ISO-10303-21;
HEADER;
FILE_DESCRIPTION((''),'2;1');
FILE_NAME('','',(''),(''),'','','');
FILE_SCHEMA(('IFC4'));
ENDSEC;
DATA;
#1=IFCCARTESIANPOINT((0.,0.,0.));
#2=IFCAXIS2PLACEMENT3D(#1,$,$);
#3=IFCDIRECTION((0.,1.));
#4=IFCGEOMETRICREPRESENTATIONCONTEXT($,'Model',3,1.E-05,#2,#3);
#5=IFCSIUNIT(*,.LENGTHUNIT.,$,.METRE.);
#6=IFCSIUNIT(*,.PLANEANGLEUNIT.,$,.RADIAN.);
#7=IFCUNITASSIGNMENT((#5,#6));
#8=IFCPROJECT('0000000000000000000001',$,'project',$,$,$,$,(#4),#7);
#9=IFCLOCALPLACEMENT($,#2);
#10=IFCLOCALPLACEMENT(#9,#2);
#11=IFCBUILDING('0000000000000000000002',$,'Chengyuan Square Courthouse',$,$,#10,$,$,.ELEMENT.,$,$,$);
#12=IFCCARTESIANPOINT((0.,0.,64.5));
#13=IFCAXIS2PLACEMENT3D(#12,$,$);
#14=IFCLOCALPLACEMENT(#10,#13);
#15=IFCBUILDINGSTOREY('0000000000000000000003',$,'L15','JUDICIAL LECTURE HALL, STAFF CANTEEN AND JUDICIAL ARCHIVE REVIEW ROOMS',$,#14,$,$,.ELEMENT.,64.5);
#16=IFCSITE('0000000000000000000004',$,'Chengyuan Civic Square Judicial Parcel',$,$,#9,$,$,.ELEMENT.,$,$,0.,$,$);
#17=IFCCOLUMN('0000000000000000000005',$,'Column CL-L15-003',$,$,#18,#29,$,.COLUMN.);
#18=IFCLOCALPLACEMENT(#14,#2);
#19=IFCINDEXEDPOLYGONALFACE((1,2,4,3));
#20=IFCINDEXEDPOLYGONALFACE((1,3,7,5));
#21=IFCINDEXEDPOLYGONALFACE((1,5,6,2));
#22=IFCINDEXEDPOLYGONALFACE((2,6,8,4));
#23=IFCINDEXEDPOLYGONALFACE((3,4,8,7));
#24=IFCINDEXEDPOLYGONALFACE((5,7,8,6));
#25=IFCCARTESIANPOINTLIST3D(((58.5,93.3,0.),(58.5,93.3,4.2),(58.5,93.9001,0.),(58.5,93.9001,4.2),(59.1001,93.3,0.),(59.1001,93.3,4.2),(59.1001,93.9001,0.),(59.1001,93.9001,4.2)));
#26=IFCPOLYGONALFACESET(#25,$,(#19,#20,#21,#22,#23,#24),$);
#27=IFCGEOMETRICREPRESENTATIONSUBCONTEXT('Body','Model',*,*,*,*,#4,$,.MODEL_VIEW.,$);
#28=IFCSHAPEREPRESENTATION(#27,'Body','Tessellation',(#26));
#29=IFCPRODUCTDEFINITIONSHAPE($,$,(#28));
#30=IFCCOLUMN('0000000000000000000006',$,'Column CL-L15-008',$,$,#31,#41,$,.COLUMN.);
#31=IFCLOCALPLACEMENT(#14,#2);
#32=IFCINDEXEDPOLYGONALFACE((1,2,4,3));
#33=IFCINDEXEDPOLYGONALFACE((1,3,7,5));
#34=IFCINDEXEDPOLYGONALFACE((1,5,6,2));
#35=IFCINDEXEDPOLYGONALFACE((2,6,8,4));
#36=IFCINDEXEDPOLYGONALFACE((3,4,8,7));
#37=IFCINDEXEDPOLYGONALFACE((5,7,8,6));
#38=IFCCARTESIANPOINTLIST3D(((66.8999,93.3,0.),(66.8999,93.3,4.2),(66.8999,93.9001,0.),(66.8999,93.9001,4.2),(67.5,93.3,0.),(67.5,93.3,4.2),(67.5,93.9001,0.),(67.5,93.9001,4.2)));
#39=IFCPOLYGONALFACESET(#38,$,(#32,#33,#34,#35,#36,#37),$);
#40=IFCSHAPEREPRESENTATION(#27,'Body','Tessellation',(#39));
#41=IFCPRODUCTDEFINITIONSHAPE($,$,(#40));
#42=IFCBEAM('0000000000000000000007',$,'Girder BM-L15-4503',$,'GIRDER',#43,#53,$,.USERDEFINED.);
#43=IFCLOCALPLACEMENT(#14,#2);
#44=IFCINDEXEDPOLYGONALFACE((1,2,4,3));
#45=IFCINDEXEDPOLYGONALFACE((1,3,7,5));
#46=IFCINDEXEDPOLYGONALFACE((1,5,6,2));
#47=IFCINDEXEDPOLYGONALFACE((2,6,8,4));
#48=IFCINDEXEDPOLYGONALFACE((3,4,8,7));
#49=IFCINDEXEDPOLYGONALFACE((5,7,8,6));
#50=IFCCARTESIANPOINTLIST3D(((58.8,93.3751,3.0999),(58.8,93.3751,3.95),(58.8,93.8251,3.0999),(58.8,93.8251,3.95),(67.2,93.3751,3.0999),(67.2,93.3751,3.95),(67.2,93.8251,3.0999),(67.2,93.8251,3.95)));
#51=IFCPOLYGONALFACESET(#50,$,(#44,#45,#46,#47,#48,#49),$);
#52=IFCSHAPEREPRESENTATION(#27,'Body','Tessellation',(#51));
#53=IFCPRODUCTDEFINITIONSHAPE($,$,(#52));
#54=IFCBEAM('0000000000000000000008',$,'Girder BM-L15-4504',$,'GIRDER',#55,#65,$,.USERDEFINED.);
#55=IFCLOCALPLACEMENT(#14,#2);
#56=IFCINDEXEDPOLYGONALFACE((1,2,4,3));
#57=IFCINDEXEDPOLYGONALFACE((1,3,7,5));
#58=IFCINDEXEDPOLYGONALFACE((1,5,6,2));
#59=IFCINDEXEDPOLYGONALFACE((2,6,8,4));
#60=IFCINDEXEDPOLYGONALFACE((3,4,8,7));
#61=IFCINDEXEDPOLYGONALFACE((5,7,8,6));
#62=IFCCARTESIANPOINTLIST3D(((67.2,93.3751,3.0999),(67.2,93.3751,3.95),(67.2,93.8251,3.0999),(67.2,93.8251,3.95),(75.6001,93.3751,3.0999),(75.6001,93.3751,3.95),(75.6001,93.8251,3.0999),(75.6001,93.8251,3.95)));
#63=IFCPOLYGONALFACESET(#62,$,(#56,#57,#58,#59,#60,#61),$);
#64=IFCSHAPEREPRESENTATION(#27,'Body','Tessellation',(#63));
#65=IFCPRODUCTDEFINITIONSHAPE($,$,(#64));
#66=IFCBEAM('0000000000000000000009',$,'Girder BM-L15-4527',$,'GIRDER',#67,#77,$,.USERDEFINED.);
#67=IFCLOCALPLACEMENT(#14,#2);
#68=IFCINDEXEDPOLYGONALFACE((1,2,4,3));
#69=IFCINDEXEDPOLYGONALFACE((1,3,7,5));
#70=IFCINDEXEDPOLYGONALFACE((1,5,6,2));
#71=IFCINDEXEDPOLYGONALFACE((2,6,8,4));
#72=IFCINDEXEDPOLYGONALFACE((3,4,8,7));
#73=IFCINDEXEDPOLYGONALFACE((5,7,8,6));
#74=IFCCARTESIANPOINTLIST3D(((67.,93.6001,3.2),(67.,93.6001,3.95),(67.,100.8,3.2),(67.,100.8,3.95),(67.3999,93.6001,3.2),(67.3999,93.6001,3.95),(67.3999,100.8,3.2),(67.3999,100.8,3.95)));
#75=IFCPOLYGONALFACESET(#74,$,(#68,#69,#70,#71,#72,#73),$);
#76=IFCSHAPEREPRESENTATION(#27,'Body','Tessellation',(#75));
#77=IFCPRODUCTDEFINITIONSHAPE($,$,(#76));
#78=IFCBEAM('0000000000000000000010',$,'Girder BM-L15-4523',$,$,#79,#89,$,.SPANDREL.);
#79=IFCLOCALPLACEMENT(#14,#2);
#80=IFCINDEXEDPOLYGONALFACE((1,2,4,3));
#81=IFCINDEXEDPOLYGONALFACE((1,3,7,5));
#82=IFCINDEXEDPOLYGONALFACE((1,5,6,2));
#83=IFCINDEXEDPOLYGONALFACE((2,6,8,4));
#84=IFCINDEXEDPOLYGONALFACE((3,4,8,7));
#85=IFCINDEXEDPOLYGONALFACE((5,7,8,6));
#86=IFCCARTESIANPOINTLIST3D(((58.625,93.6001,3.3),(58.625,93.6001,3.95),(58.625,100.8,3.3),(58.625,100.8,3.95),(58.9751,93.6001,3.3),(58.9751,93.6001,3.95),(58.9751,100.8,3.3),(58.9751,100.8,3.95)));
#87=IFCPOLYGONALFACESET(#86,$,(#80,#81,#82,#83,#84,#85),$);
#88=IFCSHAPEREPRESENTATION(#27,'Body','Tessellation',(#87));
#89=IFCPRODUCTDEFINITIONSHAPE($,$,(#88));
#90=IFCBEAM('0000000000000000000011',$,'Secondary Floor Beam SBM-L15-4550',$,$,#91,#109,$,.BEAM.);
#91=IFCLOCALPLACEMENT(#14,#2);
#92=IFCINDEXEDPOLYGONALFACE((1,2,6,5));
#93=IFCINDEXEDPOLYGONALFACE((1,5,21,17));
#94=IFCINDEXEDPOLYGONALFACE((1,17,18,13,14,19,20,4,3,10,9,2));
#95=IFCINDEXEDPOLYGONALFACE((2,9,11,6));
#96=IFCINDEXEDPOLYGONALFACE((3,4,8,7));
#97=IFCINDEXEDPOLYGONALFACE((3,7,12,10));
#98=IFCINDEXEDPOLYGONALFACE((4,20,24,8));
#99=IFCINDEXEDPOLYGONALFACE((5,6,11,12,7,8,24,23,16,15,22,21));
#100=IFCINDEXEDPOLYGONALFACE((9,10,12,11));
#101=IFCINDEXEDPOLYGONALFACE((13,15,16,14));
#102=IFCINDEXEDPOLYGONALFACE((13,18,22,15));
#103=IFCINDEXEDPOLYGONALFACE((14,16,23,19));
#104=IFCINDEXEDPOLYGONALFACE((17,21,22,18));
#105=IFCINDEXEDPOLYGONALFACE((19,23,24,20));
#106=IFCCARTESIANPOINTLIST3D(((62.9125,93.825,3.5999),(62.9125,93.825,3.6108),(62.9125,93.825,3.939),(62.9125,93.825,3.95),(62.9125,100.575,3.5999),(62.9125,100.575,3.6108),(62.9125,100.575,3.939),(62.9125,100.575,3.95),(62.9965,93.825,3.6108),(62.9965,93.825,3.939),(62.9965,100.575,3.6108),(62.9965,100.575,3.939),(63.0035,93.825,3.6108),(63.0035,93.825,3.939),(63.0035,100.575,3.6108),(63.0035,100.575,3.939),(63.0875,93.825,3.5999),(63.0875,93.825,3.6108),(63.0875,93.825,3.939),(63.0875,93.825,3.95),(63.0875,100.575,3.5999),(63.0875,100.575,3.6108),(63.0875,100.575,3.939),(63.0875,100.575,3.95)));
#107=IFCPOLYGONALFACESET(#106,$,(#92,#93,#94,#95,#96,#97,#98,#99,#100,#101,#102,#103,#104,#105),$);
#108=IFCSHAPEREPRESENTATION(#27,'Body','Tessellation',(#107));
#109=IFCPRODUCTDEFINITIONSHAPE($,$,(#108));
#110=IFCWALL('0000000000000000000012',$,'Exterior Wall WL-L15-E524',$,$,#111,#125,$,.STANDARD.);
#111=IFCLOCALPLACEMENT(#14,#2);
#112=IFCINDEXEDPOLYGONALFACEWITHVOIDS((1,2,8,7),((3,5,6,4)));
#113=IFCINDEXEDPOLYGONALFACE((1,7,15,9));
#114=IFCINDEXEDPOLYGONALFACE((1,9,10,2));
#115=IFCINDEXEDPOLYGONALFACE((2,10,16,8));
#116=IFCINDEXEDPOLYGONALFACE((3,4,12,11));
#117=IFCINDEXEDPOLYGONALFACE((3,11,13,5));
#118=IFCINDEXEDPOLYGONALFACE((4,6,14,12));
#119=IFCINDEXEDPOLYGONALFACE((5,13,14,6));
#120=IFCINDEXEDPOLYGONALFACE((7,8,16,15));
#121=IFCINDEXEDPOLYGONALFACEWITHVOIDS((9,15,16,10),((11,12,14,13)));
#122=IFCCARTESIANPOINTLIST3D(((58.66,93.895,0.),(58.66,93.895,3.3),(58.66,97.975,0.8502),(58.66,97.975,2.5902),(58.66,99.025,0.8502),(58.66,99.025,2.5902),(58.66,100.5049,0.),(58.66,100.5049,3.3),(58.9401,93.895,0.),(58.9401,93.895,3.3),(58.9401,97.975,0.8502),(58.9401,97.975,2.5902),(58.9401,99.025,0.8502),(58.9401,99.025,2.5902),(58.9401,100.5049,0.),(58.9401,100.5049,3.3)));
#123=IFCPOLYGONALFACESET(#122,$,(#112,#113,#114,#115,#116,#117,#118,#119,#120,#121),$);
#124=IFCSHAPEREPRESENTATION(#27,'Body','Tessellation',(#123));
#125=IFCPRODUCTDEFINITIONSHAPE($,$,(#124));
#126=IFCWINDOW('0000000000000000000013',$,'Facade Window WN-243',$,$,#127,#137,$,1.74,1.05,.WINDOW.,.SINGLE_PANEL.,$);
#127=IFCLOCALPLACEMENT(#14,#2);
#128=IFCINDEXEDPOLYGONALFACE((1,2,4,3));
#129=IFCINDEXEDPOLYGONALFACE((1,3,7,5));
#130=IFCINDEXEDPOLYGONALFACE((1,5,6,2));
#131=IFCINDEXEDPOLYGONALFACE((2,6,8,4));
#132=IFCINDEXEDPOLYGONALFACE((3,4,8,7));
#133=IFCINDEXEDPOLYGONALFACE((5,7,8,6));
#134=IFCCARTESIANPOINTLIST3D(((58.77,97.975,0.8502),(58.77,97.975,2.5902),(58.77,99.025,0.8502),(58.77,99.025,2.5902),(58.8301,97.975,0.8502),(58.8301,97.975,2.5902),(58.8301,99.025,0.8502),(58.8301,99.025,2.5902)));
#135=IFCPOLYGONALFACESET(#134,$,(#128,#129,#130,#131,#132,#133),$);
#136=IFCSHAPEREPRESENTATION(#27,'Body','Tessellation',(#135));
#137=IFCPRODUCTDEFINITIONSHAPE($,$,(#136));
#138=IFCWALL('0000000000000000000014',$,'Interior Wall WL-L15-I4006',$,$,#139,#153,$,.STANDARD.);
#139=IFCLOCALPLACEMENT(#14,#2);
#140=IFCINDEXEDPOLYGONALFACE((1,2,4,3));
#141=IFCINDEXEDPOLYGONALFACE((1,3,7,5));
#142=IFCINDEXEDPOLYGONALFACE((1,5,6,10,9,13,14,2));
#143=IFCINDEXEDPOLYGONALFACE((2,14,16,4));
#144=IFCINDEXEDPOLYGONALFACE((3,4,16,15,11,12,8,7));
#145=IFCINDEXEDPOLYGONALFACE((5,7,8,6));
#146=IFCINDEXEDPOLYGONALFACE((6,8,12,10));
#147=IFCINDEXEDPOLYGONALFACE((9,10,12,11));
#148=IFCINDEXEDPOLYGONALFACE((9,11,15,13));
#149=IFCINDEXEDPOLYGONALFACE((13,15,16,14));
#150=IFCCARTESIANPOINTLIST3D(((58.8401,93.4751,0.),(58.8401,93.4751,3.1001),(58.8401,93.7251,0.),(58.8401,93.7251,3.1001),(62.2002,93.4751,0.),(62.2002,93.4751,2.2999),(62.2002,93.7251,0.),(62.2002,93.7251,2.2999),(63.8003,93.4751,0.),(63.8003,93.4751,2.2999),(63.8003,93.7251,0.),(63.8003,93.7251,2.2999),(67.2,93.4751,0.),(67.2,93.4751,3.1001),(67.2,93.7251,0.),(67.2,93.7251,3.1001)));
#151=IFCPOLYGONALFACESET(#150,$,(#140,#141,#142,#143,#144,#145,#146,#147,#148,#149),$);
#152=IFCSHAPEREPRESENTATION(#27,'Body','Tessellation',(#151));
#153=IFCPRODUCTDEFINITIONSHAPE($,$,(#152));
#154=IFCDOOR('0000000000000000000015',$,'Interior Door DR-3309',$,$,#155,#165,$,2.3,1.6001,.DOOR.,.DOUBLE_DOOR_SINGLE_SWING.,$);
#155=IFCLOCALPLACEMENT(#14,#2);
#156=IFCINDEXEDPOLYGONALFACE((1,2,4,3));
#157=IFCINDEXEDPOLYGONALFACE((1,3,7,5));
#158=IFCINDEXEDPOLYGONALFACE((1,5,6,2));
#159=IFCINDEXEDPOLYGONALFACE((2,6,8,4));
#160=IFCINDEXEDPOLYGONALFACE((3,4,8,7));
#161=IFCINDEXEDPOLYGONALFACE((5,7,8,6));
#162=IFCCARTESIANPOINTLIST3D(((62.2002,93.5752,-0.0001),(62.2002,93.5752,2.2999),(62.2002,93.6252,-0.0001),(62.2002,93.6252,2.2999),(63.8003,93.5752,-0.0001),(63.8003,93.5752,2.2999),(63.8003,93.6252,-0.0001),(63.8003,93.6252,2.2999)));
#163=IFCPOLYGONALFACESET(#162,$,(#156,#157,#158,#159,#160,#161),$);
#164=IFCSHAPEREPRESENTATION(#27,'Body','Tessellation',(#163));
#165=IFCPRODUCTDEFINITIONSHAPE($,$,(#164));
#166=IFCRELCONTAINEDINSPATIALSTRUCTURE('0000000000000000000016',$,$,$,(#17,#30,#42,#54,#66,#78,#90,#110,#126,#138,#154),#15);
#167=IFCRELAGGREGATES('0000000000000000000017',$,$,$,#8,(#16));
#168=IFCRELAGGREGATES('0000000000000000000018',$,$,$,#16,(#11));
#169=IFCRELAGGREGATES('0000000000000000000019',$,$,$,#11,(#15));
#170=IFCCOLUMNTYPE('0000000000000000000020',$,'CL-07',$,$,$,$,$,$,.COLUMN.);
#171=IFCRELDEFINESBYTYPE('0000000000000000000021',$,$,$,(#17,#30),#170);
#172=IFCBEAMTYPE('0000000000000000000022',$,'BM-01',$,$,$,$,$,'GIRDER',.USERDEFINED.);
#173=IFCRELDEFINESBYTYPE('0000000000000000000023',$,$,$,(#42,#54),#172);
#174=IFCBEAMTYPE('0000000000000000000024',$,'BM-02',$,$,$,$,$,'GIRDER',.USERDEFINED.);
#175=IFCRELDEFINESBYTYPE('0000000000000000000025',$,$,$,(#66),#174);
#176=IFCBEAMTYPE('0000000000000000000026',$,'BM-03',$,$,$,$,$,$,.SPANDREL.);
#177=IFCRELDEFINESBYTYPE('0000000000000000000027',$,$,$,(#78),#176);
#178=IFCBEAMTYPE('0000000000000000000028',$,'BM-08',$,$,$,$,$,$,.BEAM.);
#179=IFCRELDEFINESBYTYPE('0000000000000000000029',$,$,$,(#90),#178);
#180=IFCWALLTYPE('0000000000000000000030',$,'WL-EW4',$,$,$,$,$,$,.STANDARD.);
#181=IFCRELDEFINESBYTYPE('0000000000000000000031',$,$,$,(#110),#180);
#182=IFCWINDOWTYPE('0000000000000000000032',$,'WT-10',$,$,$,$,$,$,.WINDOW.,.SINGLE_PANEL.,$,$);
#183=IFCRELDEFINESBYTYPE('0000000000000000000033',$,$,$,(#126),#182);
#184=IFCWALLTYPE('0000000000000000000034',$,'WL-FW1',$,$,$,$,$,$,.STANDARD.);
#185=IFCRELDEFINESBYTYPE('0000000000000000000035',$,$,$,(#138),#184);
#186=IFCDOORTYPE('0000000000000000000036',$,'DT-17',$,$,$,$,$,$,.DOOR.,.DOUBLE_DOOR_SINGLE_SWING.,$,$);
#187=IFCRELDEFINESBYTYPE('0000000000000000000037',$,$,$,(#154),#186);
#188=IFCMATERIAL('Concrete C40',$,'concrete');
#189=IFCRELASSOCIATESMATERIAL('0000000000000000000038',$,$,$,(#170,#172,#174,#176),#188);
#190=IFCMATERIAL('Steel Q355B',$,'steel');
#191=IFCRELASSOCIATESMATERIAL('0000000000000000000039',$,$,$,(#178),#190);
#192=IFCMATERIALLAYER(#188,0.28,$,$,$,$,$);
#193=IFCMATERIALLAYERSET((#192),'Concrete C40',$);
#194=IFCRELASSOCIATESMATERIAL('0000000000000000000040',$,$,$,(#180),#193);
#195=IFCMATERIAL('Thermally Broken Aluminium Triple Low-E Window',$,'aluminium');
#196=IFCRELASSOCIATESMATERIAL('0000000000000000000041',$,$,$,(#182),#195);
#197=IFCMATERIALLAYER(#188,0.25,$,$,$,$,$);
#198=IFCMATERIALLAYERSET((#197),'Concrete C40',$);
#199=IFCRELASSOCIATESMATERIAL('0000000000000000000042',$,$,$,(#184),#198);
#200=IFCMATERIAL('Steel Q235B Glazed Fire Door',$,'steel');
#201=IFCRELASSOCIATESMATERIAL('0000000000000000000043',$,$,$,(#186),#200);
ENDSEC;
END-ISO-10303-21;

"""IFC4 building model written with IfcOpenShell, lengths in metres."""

from ifc_helpers import new_model, si_unit, direction, frame, frame_2d, origin, origin_2d, place, context, subcontext, project, spatial, rectangle, i_section, extrude, material, layer, layer_set, material_profile, profile_set, type_object, element, fill, save


model = new_model("IFC4")

# Units and contexts
model_context = context("Model", 3, precision=1e-05, world=origin(), true_north=direction((0.0, 1.0)))
body_context = subcontext(model_context, "Body", "Model", "MODEL_VIEW")
ifc_project = project(units=[si_unit("LENGTHUNIT", "METRE"), si_unit("PLANEANGLEUNIT", "RADIAN")], contexts=[model_context])

# Site, building, storey
site_placement = place(None, origin())
site = spatial("IfcSite", under=ifc_project, at=site_placement, Name="Chengyuan Civic Square Judicial Parcel", CompositionType="ELEMENT", RefElevation=0.0)
building_placement = place(site_placement, origin())
building = spatial("IfcBuilding", under=site, at=building_placement, Name="Chengyuan Square Courthouse", CompositionType="ELEMENT")
storey_placement = place(building_placement, frame((0.0, 0.0, 64.5)))
storey = spatial("IfcBuildingStorey", under=building, at=storey_placement, Name="L15", Description="JUDICIAL LECTURE HALL, STAFF CANTEEN AND JUDICIAL ARCHIVE REVIEW ROOMS", CompositionType="ELEMENT", Elevation=64.5)

# Columns
ifc_material_1 = material(Name="Concrete C40", Category="concrete")
ifc_material_profile_1 = material_profile(ifc_material_1, rectangle(XDim=0.6001, YDim=0.6001, at=origin_2d()), Name="RC-COL-600x600")
ifc_profile_set_1 = profile_set([ifc_material_profile_1], Name="Concrete C40")
column_type = type_object("IfcColumnType", Name="CL-07", PredefinedType="COLUMN", material=ifc_profile_set_1)
for number, where, z_axis, x_axis, name in (
    (1, (58.8, 93.6001, 0.0), (0.0, 0.0, 1.0), (1.0, 0.0, 0.0), "Column CL-L15-003"),
    (2, (67.2, 93.6001, 0.0), (0.0, 0.0, 1.0), (1.0, 0.0, 0.0), "Column CL-L15-008"),
):
    element("IfcColumn", number, at=place(storey_placement, frame(where, z_axis=z_axis, x_axis=x_axis)), inside=storey, type_object=column_type, Name=name, PredefinedType="COLUMN", context=body_context, shape_type="SweptSolid", body=[
        extrude(rectangle(XDim=0.6001, YDim=0.6001, at=origin_2d()), origin(), (0.0, 0.0, 1.0), 4.2),
    ])

# Beams
ifc_material_profile_2 = material_profile(ifc_material_1, rectangle(XDim=0.45, YDim=0.8501, at=origin_2d()), Name="RC-BM-450x850")
ifc_profile_set_2 = profile_set([ifc_material_profile_2], Name="Concrete C40")
beam_type_1 = type_object("IfcBeamType", Name="BM-01", ElementType="GIRDER", PredefinedType="USERDEFINED", material=ifc_profile_set_2)
beam_1_placement = place(storey_placement, frame((58.8, 93.6001, 3.5249), z_axis=(1.0, 0.0, 0.0), x_axis=(0.0, 1.0, 0.0)))
element("IfcBeam", 3, at=beam_1_placement, inside=storey, type_object=beam_type_1, Name="Girder BM-L15-4503", ObjectType="GIRDER", PredefinedType="USERDEFINED", context=body_context, shape_type="SweptSolid", body=[
    extrude(rectangle(XDim=0.45, YDim=0.8501, at=origin_2d()), origin(), (0.0, 0.0, 1.0), 8.3999),
])
beam_2_placement = place(storey_placement, frame((67.2, 93.6001, 3.5249), z_axis=(1.0, 0.0, 0.0), x_axis=(0.0, 1.0, 0.0)))
element("IfcBeam", 4, at=beam_2_placement, inside=storey, type_object=beam_type_1, Name="Girder BM-L15-4504", ObjectType="GIRDER", PredefinedType="USERDEFINED", context=body_context, shape_type="SweptSolid", body=[
    extrude(rectangle(XDim=0.45, YDim=0.8501, at=origin_2d()), origin(), (0.0, 0.0, 1.0), 8.4001),
])
ifc_material_profile_3 = material_profile(ifc_material_1, rectangle(XDim=0.3999, YDim=0.75, at=origin_2d()), Name="RC-BM-400x750")
ifc_profile_set_3 = profile_set([ifc_material_profile_3], Name="Concrete C40")
beam_type_2 = type_object("IfcBeamType", Name="BM-02", ElementType="GIRDER", PredefinedType="USERDEFINED", material=ifc_profile_set_3)
beam_3_placement = place(storey_placement, frame((67.2, 93.6001, 3.575), z_axis=(0.0, 1.0, 0.0), x_axis=(-1.0, 0.0, 0.0)))
element("IfcBeam", 5, at=beam_3_placement, inside=storey, type_object=beam_type_2, Name="Girder BM-L15-4527", ObjectType="GIRDER", PredefinedType="USERDEFINED", context=body_context, shape_type="SweptSolid", body=[
    extrude(rectangle(XDim=0.3999, YDim=0.75, at=origin_2d()), origin(), (0.0, 0.0, 1.0), 7.2),
])
ifc_material_profile_4 = material_profile(ifc_material_1, rectangle(XDim=0.3501, YDim=0.6499, at=origin_2d()), Name="RC-BM-350x650")
ifc_profile_set_4 = profile_set([ifc_material_profile_4], Name="Concrete C40")
beam_type_3 = type_object("IfcBeamType", Name="BM-03", PredefinedType="SPANDREL", material=ifc_profile_set_4)
beam_4_placement = place(storey_placement, frame((58.8, 93.6001, 3.625), z_axis=(0.0, 1.0, 0.0), x_axis=(-1.0, 0.0, 0.0)))
element("IfcBeam", 6, at=beam_4_placement, inside=storey, type_object=beam_type_3, Name="Girder BM-L15-4523", PredefinedType="SPANDREL", context=body_context, shape_type="SweptSolid", body=[
    extrude(rectangle(XDim=0.3501, YDim=0.6499, at=origin_2d()), origin(), (0.0, 0.0, 1.0), 7.2),
])
ifc_material_2 = material(Name="Steel Q355B", Category="steel")
ifc_material_profile_5 = material_profile(ifc_material_2, i_section(OverallWidth=0.175, OverallDepth=0.3501, WebThickness=0.0071, FlangeThickness=0.011, at=origin_2d()), Name="HN 350x175x7x11")
ifc_profile_set_5 = profile_set([ifc_material_profile_5], Name="Steel Q355B")
beam_type_4 = type_object("IfcBeamType", Name="BM-08", PredefinedType="BEAM", material=ifc_profile_set_5)
beam_5_placement = place(storey_placement, frame((63.0, 93.825, 3.7749), z_axis=(0.0, 1.0, 0.0), x_axis=(-1.0, 0.0, 0.0)))
element("IfcBeam", 7, at=beam_5_placement, inside=storey, type_object=beam_type_4, Name="Secondary Floor Beam SBM-L15-4550", PredefinedType="BEAM", context=body_context, shape_type="SweptSolid", body=[
    extrude(i_section(OverallWidth=0.175, OverallDepth=0.3501, WebThickness=0.0071, FlangeThickness=0.011, at=origin_2d()), origin(), (0.0, 0.0, 1.0), 6.75),
])

# Wall, opening, window
ifc_layer_1 = layer(ifc_material_1, 0.28)
ifc_layer_set_1 = layer_set([ifc_layer_1], Name="Concrete C40")
wall_type_1 = type_object("IfcWallType", Name="WL-EW4", PredefinedType="STANDARD", material=ifc_layer_set_1)
wall_1_placement = place(storey_placement, frame((58.8, 93.895, 0.0), z_axis=(0.0, 0.0, 1.0), x_axis=(0.0, 1.0, 0.0)))
wall_1 = element("IfcWall", 8, at=wall_1_placement, inside=storey, type_object=wall_type_1, Name="Exterior Wall WL-L15-E524", PredefinedType="STANDARD", context=body_context, shape_type="SweptSolid", body=[
    extrude(rectangle(XDim=6.6099, YDim=0.28, at=frame_2d((3.3049, 0.0))), origin(), (0.0, 0.0, 1.0), 3.3),
])
opening_1_placement = place(wall_1_placement, frame((4.0801, 0.0, 0.8501)))
opening_1 = element("IfcOpeningElement", 9, at=opening_1_placement, cuts=wall_1, PredefinedType="OPENING", context=body_context, shape_type="SweptSolid", body=[
    extrude(rectangle(XDim=1.05, YDim=1.74, at=frame_2d((0.5249, 0.8701))), frame((0.0, 0.1521, 0.0), z_axis=(0.0, -1.0, 0.0), x_axis=(1.0, 0.0, 0.0)), (0.0, 0.0, 1.0), 0.304),
])
ifc_material_3 = material(Name="Thermally Broken Aluminium Triple Low-E Window", Category="aluminium")
window_type = type_object("IfcWindowType", Name="WT-10", PartitioningType="SINGLE_PANEL", PredefinedType="WINDOW", material=ifc_material_3)
window_placement = place(opening_1_placement, origin())
window = element("IfcWindow", 10, at=window_placement, inside=storey, type_object=window_type, Name="Facade Window WN-243", OverallHeight=1.74, OverallWidth=1.05, PartitioningType="SINGLE_PANEL", PredefinedType="WINDOW", context=body_context, shape_type="SweptSolid", body=[
    extrude(rectangle(XDim=1.05, YDim=1.74, at=frame_2d((0.5249, 0.8701))), frame((0.0, 0.03, 0.0), z_axis=(0.0, -1.0, 0.0), x_axis=(1.0, 0.0, 0.0)), (0.0, 0.0, 1.0), 0.0601),
])
fill(opening_1, window)

# Wall, opening, door
ifc_layer_2 = layer(ifc_material_1, 0.25)
ifc_layer_set_2 = layer_set([ifc_layer_2], Name="Concrete C40")
wall_type_2 = type_object("IfcWallType", Name="WL-FW1", PredefinedType="STANDARD", material=ifc_layer_set_2)
wall_2_placement = place(storey_placement, frame((58.8401, 93.6001, 0.0), z_axis=(0.0, 0.0, 1.0), x_axis=(1.0, 0.0, 0.0)))
wall_2 = element("IfcWall", 11, at=wall_2_placement, inside=storey, type_object=wall_type_2, Name="Interior Wall WL-L15-I4006", PredefinedType="STANDARD", context=body_context, shape_type="SweptSolid", body=[
    extrude(rectangle(XDim=8.3599, YDim=0.25, at=frame_2d((4.1799, 0.0))), origin(), (0.0, 0.0, 1.0), 3.1001),
])
opening_2_placement = place(wall_2_placement, frame((3.3601, 0.0, 0.0)))
opening_2 = element("IfcOpeningElement", 12, at=opening_2_placement, cuts=wall_2, PredefinedType="OPENING", context=body_context, shape_type="SweptSolid", body=[
    extrude(rectangle(XDim=1.6001, YDim=2.3, at=frame_2d((0.8, 1.1499))), frame((0.0, 0.137, 0.0), z_axis=(0.0, -1.0, 0.0), x_axis=(1.0, 0.0, 0.0)), (0.0, 0.0, 1.0), 0.2739),
])
ifc_material_4 = material(Name="Steel Q235B Glazed Fire Door", Category="steel")
door_type_1 = type_object("IfcDoorType", Name="DT-17", OperationType="DOUBLE_DOOR_SINGLE_SWING", PredefinedType="DOOR", material=ifc_material_4)
door_1_placement = place(opening_2_placement, frame((1.6001, 0.0, 0.0), z_axis=(0.0, 0.0, 1.0), x_axis=(-1.0, 0.0, 0.0)))
door_1 = element("IfcDoor", 13, at=door_1_placement, inside=storey, type_object=door_type_1, Name="Interior Door DR-3309", OperationType="DOUBLE_DOOR_SINGLE_SWING", OverallHeight=2.3, OverallWidth=1.6001, PredefinedType="DOOR", context=body_context, shape_type="SweptSolid", body=[
    extrude(rectangle(XDim=1.6001, YDim=2.3, at=frame_2d((0.8, 1.1499))), frame((0.0, 0.0249, 0.0), z_axis=(0.0, -1.0, 0.0), x_axis=(1.0, 0.0, 0.0)), (0.0, 0.0, 1.0), 0.05),
])
fill(opening_2, door_1)

save(model, "model.ifc")
